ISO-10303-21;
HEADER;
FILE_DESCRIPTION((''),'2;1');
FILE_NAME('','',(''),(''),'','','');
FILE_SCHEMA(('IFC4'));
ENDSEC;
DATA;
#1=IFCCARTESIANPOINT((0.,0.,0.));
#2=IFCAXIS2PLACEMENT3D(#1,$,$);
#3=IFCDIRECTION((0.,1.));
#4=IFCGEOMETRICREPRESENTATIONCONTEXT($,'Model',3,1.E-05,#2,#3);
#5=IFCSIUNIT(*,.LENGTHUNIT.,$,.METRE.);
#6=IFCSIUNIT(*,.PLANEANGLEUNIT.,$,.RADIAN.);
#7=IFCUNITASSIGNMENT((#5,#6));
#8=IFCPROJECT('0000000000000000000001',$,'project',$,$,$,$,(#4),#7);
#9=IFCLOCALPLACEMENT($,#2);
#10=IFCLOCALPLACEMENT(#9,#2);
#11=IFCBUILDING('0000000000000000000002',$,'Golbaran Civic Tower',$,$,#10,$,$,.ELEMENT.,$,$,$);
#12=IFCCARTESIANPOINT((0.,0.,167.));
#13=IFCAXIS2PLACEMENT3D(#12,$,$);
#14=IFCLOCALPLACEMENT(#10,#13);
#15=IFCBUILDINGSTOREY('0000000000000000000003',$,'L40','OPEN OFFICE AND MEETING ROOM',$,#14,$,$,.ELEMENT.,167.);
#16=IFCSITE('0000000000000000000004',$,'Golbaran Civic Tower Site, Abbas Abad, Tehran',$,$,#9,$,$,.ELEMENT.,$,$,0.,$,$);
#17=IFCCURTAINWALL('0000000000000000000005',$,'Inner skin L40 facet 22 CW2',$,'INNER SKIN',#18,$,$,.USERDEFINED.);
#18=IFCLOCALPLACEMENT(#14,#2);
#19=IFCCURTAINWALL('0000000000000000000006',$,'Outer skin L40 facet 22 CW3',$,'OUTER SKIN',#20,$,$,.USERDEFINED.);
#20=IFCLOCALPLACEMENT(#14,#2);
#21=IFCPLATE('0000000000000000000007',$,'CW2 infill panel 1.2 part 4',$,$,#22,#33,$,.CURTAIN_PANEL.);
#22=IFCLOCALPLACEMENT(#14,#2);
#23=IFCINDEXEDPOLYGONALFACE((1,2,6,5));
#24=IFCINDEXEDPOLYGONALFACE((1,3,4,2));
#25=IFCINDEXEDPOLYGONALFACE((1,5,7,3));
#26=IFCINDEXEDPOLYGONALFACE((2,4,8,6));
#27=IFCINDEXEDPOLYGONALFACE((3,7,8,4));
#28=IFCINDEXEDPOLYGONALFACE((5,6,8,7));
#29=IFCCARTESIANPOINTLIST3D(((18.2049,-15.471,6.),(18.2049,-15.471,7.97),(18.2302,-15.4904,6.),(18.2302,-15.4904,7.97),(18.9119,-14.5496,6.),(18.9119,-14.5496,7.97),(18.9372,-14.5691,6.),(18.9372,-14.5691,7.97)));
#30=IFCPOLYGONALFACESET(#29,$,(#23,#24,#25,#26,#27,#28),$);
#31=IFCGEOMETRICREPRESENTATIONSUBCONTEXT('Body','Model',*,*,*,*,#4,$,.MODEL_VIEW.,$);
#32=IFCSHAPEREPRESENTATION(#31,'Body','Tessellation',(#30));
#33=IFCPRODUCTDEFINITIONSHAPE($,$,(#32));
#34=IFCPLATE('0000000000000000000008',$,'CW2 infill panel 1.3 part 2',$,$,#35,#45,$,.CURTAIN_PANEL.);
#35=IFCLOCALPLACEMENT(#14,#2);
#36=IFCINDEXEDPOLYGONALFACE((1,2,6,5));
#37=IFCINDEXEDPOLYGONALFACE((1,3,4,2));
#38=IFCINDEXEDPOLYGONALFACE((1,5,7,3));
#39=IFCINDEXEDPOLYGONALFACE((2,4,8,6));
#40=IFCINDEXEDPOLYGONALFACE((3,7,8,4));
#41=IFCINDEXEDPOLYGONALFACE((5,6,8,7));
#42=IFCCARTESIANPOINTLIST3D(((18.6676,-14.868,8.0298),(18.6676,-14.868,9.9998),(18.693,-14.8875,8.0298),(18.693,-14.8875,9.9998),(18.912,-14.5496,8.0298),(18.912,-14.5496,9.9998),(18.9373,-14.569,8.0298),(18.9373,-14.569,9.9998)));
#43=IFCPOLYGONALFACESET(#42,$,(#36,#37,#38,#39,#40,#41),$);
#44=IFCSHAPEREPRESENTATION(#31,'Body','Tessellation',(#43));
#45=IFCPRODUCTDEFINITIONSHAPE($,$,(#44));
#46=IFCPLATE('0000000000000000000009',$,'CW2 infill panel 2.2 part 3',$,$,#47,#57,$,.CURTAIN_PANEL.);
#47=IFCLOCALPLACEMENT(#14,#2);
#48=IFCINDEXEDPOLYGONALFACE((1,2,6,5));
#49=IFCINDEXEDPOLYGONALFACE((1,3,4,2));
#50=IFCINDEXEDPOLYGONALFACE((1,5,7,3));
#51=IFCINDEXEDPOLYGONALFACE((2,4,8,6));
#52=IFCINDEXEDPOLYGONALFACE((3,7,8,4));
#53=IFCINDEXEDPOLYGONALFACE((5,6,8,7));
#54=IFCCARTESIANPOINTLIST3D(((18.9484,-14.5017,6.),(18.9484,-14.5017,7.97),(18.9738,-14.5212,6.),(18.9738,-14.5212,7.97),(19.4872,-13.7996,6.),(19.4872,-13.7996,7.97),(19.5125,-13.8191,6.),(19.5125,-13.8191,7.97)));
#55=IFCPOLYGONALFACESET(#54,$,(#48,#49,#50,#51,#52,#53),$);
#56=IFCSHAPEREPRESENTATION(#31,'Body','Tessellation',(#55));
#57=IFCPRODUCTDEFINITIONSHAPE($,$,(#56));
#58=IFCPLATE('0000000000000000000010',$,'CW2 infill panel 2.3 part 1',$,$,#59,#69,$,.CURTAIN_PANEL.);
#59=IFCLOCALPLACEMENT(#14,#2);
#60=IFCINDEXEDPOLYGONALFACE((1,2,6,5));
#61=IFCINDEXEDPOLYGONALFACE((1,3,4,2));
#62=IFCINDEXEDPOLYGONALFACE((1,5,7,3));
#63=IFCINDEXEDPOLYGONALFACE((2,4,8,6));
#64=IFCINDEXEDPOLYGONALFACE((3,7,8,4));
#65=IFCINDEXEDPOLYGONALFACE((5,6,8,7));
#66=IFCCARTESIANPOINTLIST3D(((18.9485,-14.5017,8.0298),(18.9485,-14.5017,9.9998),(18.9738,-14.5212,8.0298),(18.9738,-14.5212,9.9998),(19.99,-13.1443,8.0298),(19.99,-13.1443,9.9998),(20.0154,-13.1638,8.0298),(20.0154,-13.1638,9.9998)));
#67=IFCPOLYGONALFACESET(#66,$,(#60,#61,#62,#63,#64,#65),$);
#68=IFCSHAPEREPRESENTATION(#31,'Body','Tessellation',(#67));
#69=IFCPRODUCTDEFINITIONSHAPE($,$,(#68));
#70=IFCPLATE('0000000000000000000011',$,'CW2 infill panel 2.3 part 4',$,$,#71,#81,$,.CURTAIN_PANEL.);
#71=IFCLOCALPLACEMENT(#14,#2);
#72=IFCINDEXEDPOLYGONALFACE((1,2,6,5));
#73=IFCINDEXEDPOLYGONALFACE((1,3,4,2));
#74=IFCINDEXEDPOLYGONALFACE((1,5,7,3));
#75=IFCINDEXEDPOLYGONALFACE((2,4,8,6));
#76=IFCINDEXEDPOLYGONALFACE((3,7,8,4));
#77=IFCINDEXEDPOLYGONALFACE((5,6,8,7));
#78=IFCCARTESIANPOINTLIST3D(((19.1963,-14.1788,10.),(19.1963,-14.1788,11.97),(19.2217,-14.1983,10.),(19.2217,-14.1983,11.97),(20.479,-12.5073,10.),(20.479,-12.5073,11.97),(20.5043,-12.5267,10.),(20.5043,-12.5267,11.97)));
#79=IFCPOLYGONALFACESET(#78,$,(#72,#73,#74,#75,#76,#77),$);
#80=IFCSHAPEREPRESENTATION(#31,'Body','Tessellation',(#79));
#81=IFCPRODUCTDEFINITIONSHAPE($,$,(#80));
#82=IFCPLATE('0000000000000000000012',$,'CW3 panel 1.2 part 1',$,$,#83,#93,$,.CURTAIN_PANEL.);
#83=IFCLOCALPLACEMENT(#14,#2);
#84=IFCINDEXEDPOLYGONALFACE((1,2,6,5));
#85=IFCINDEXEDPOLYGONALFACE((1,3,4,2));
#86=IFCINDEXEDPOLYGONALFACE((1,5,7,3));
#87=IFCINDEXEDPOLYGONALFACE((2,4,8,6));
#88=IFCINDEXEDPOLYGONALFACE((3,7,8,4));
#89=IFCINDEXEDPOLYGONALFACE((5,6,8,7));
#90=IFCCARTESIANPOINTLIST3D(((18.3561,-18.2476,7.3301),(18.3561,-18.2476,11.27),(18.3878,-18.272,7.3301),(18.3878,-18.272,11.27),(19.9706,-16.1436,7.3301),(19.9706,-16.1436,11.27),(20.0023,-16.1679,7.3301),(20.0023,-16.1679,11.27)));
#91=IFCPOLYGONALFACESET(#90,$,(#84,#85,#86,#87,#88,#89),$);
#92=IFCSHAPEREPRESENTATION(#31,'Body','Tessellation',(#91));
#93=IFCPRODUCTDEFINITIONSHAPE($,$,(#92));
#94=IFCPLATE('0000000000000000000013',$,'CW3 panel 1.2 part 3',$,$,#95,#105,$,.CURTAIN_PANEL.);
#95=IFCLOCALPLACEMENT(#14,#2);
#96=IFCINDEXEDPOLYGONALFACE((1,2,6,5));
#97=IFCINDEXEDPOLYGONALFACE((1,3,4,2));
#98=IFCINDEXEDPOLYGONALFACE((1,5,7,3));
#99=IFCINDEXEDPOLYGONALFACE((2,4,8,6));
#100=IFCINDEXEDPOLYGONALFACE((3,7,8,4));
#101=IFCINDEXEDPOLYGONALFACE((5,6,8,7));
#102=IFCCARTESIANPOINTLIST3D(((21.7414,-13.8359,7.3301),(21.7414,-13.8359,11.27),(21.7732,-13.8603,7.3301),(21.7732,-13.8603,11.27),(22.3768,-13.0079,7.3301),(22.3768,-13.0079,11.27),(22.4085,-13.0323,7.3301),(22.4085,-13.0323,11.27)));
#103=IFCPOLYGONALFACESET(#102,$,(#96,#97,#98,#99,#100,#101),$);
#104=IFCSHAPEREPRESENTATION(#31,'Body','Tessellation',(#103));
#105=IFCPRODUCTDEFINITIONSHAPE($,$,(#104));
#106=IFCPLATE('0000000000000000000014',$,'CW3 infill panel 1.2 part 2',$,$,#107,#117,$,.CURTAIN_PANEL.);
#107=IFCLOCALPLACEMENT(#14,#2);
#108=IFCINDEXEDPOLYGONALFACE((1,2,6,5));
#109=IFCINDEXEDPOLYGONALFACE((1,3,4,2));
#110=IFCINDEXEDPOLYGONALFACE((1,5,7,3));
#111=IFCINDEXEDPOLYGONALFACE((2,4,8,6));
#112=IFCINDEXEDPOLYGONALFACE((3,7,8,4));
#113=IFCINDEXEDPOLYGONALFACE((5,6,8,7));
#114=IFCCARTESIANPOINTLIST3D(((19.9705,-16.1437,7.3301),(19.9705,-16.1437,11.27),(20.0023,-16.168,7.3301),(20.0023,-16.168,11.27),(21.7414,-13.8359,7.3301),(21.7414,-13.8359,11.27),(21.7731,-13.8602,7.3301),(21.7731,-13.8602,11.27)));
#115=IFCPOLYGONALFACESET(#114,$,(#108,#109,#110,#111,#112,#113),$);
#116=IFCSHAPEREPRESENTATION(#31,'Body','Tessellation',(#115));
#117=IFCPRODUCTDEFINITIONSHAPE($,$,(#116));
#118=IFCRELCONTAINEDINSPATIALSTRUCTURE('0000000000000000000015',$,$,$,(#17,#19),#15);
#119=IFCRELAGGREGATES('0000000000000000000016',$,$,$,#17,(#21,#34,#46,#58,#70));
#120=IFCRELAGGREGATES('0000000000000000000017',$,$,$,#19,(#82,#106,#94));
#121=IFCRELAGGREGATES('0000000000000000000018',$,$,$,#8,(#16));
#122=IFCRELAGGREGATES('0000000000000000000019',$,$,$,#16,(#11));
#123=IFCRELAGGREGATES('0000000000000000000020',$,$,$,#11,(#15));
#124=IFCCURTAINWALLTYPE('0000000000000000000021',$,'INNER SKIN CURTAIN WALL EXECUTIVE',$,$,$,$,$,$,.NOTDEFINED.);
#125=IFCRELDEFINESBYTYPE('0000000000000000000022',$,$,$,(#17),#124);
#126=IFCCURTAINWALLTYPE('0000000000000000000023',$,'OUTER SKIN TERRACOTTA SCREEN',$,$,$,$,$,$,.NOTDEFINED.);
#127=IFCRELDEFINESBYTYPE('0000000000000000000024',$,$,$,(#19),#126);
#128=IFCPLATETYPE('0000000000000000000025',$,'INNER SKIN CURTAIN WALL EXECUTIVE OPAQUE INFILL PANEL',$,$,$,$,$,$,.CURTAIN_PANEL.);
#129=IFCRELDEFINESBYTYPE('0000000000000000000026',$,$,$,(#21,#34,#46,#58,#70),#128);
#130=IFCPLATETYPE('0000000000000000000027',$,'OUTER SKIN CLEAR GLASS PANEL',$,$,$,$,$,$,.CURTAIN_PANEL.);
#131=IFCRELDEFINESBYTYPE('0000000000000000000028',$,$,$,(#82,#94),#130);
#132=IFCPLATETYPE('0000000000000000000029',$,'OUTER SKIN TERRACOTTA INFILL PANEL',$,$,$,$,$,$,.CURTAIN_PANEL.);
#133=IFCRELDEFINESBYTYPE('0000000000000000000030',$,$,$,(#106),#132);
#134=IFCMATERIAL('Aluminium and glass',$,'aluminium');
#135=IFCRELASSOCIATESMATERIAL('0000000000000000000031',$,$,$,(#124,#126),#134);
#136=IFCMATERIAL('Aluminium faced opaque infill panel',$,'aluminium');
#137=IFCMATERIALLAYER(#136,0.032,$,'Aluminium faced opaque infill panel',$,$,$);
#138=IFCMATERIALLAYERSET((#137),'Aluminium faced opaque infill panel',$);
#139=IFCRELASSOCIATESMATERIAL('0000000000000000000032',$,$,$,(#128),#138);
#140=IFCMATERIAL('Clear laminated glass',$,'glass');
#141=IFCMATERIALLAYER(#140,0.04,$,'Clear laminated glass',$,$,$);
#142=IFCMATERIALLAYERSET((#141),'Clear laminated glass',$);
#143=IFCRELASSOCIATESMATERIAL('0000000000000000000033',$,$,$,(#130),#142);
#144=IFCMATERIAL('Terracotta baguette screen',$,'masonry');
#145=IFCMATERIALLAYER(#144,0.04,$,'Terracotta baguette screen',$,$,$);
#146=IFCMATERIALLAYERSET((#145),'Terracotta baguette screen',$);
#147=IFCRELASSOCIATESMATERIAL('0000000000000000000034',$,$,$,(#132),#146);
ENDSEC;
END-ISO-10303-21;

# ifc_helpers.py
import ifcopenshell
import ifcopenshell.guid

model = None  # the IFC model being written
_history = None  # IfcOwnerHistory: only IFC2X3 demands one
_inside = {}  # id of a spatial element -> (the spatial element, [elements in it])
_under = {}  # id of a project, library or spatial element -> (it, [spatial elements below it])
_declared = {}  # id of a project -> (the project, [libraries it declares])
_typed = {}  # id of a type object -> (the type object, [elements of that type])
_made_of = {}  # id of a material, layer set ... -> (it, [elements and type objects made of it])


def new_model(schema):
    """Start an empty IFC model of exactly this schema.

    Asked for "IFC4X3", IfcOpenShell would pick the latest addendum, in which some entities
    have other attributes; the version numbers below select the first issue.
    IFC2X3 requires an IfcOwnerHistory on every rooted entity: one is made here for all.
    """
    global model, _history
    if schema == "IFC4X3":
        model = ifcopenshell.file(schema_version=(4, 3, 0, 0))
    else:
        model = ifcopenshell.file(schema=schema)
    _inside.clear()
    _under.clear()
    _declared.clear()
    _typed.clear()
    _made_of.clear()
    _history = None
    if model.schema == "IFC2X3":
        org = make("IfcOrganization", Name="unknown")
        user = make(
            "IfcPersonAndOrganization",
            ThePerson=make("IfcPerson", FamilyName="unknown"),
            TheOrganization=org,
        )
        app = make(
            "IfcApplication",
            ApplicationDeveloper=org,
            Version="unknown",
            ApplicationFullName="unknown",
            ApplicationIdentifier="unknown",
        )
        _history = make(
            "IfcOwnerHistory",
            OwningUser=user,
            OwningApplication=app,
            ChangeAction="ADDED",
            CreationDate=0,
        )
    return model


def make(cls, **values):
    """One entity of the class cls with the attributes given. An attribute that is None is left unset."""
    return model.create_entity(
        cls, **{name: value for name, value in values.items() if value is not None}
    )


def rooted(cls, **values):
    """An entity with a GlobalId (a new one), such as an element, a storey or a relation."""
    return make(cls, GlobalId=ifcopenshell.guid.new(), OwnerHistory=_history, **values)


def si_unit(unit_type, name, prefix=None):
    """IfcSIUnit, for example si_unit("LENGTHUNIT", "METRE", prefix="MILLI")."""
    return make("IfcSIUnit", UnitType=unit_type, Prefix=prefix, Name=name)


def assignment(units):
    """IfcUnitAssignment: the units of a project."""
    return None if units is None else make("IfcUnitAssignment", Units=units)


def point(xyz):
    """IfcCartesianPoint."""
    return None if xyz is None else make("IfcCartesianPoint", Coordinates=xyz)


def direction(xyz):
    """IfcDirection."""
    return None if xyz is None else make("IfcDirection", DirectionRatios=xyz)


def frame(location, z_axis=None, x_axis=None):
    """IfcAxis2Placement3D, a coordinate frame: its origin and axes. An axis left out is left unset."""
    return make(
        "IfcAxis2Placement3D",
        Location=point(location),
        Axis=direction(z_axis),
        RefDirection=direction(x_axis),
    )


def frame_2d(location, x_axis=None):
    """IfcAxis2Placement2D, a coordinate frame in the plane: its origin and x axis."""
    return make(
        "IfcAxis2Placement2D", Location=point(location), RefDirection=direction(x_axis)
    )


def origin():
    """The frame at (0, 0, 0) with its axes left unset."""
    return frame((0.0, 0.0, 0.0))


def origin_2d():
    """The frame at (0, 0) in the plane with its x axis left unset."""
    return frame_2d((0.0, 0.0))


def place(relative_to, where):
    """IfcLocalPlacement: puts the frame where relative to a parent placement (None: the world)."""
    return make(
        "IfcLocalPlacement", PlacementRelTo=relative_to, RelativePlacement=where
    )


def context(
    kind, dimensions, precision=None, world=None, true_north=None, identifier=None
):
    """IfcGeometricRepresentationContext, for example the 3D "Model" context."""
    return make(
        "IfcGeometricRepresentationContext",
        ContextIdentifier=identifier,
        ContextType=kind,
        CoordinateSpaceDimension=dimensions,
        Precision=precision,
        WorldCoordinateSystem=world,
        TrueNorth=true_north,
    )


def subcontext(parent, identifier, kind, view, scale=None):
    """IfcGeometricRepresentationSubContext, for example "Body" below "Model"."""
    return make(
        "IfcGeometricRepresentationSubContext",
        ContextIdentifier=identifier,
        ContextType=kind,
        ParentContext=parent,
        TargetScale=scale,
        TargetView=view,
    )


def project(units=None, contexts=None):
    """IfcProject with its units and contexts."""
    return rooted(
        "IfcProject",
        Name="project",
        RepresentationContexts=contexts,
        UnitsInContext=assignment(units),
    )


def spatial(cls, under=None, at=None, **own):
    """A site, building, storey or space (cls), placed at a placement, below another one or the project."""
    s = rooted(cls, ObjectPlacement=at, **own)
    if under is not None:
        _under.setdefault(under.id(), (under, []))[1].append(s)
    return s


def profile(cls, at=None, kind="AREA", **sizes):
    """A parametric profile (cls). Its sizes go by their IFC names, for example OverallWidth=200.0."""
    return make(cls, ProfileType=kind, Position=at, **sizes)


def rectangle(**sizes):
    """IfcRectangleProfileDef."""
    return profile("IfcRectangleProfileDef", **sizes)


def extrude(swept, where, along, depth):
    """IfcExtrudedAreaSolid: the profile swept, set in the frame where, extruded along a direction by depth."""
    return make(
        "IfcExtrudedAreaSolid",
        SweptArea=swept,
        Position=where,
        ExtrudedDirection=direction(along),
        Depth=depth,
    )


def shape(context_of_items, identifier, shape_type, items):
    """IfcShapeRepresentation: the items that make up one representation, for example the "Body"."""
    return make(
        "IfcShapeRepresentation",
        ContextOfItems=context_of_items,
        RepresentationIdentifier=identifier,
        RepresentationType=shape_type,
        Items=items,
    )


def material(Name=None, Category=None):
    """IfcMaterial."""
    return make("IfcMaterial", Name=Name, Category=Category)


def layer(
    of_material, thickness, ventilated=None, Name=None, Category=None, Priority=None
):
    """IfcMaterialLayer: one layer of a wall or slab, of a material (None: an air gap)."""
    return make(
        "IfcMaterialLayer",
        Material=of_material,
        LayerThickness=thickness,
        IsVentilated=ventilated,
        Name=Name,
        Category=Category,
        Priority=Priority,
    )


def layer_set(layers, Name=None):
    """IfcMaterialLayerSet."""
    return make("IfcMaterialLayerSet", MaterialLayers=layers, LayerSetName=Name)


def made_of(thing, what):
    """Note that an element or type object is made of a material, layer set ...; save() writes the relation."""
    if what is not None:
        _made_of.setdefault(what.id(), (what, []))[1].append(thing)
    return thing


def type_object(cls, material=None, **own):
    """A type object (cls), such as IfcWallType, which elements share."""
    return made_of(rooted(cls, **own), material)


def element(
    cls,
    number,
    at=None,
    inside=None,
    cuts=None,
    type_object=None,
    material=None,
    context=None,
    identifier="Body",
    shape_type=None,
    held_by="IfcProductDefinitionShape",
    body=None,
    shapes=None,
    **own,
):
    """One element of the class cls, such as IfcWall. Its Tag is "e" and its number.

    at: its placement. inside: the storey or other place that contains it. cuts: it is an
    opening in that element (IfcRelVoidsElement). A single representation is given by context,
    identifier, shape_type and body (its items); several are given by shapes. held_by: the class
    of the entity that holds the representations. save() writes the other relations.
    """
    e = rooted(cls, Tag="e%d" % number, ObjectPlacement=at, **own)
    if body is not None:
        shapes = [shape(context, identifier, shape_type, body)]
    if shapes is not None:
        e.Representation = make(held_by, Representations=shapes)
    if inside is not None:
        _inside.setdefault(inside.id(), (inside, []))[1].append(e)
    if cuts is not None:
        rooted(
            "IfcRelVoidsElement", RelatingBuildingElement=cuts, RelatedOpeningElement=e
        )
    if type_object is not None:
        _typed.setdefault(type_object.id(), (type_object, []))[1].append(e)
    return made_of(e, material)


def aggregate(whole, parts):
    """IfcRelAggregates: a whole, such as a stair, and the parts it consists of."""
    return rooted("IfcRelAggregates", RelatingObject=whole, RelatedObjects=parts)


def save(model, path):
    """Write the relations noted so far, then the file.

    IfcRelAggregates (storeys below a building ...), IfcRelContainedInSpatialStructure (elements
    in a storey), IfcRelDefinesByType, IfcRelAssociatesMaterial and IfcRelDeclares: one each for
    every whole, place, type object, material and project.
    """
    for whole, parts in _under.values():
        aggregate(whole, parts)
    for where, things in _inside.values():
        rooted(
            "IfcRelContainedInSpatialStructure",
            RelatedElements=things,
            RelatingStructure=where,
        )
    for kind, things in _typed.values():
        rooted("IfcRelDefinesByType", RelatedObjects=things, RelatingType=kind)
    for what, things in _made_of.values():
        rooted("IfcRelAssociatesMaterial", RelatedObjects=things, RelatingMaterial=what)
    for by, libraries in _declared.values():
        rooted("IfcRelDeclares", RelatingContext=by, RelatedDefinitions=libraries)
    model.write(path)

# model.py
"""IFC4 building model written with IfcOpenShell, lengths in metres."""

from ifc_helpers import new_model, si_unit, direction, frame, origin, origin_2d, place, context, subcontext, project, spatial, rectangle, extrude, material, layer, layer_set, type_object, element, aggregate, save


model = new_model("IFC4")

# Units and contexts
model_context = context("Model", 3, precision=1e-05, world=origin(), true_north=direction((0.0, 1.0)))
body_context = subcontext(model_context, "Body", "Model", "MODEL_VIEW")
ifc_project = project(units=[si_unit("LENGTHUNIT", "METRE"), si_unit("PLANEANGLEUNIT", "RADIAN")], contexts=[model_context])

# Site, building, storey
site_placement = place(None, origin())
site = spatial("IfcSite", under=ifc_project, at=site_placement, Name="Golbaran Civic Tower Site, Abbas Abad, Tehran", CompositionType="ELEMENT", RefElevation=0.0)
building_placement = place(site_placement, origin())
building = spatial("IfcBuilding", under=site, at=building_placement, Name="Golbaran Civic Tower", CompositionType="ELEMENT")
storey_placement = place(building_placement, frame((0.0, 0.0, 167.0)))
storey = spatial("IfcBuildingStorey", under=building, at=storey_placement, Name="L40", Description="OPEN OFFICE AND MEETING ROOM", CompositionType="ELEMENT", Elevation=167.0)

# Curtain wall
ifc_material_1 = material(Name="Aluminium and glass", Category="aluminium")
curtain_wall_type_1 = type_object("IfcCurtainWallType", Name="INNER SKIN CURTAIN WALL EXECUTIVE", PredefinedType="NOTDEFINED", material=ifc_material_1)
curtain_wall_1_placement = place(storey_placement, origin())
curtain_wall_1 = element("IfcCurtainWall", 1, at=curtain_wall_1_placement, inside=storey, type_object=curtain_wall_type_1, Name="Inner skin L40 facet 22 CW2", ObjectType="INNER SKIN", PredefinedType="USERDEFINED")

# Curtain wall
curtain_wall_type_2 = type_object("IfcCurtainWallType", Name="OUTER SKIN TERRACOTTA SCREEN", PredefinedType="NOTDEFINED", material=ifc_material_1)
curtain_wall_2_placement = place(storey_placement, origin())
curtain_wall_2 = element("IfcCurtainWall", 2, at=curtain_wall_2_placement, inside=storey, type_object=curtain_wall_type_2, Name="Outer skin L40 facet 22 CW3", ObjectType="OUTER SKIN", PredefinedType="USERDEFINED")

# Plates
ifc_material_2 = material(Name="Aluminium faced opaque infill panel", Category="aluminium")
ifc_layer_1 = layer(ifc_material_2, 0.032, Name="Aluminium faced opaque infill panel")
ifc_layer_set_1 = layer_set([ifc_layer_1], Name="Aluminium faced opaque infill panel")
plate_type_1 = type_object("IfcPlateType", Name="INNER SKIN CURTAIN WALL EXECUTIVE OPAQUE INFILL PANEL", PredefinedType="CURTAIN_PANEL", material=ifc_layer_set_1)
plate_1_placement = place(storey_placement, frame((18.571, -15.02, 6.0), z_axis=(0.0, 0.0, 1.0), x_axis=(0.608761, 0.793353, 0.0)))
plate_1 = element("IfcPlate", 3, at=plate_1_placement, type_object=plate_type_1, Name="CW2 infill panel 1.2 part 4", PredefinedType="CURTAIN_PANEL", context=body_context, shape_type="SweptSolid", body=[
    extrude(rectangle(XDim=1.1614, YDim=0.032, at=origin_2d()), origin(), (0.0, 0.0, 1.0), 1.97),
])
plate_2_placement = place(storey_placement, frame((18.8025, -14.7185, 8.0298), z_axis=(0.0, 0.0, 1.0), x_axis=(0.608761, 0.793353, 0.0)))
plate_2 = element("IfcPlate", 4, at=plate_2_placement, type_object=plate_type_1, Name="CW2 infill panel 1.3 part 2", PredefinedType="CURTAIN_PANEL", context=body_context, shape_type="SweptSolid", body=[
    extrude(rectangle(XDim=0.4014, YDim=0.032, at=origin_2d()), origin(), (0.0, 0.0, 1.0), 1.97),
])
plate_3_placement = place(storey_placement, frame((19.2305, -14.1604, 6.0), z_axis=(0.0, 0.0, 1.0), x_axis=(0.608761, 0.793353, 0.0)))
plate_3 = element("IfcPlate", 5, at=plate_3_placement, type_object=plate_type_1, Name="CW2 infill panel 2.2 part 3", PredefinedType="CURTAIN_PANEL", context=body_context, shape_type="SweptSolid", body=[
    extrude(rectangle(XDim=0.885, YDim=0.032, at=origin_2d()), origin(), (0.0, 0.0, 1.0), 1.97),
])
plate_4_placement = place(storey_placement, frame((19.4819, -13.8328, 8.0298), z_axis=(0.0, 0.0, 1.0), x_axis=(0.608761, 0.793353, 0.0)))
plate_4 = element("IfcPlate", 6, at=plate_4_placement, type_object=plate_type_1, Name="CW2 infill panel 2.3 part 1", PredefinedType="CURTAIN_PANEL", context=body_context, shape_type="SweptSolid", body=[
    extrude(rectangle(XDim=1.7109, YDim=0.032, at=origin_2d()), origin(), (0.0, 0.0, 1.0), 1.97),
])
plate_5_placement = place(storey_placement, frame((19.8503, -13.3528, 10.0), z_axis=(0.0, 0.0, 1.0), x_axis=(0.608761, 0.793353, 0.0)))
plate_5 = element("IfcPlate", 7, at=plate_5_placement, type_object=plate_type_1, Name="CW2 infill panel 2.3 part 4", PredefinedType="CURTAIN_PANEL", context=body_context, shape_type="SweptSolid", body=[
    extrude(rectangle(XDim=2.1069, YDim=0.032, at=origin_2d()), origin(), (0.0, 0.0, 1.0), 1.97),
])
aggregate(curtain_wall_1, [plate_1, plate_2, plate_3, plate_4, plate_5])
ifc_material_3 = material(Name="Clear laminated glass", Category="glass")
ifc_layer_2 = layer(ifc_material_3, 0.04, Name="Clear laminated glass")
ifc_layer_set_2 = layer_set([ifc_layer_2], Name="Clear laminated glass")
plate_type_2 = type_object("IfcPlateType", Name="OUTER SKIN CLEAR GLASS PANEL", PredefinedType="CURTAIN_PANEL", material=ifc_layer_set_2)
plate_6_placement = place(storey_placement, frame((19.1792, -17.2078, 7.3301), z_axis=(0.0, 0.0, 1.0), x_axis=(0.608761, 0.793353, 0.0)))
plate_6 = element("IfcPlate", 8, at=plate_6_placement, type_object=plate_type_2, Name="CW3 panel 1.2 part 1", PredefinedType="CURTAIN_PANEL", context=body_context, shape_type="SweptSolid", body=[
    extrude(rectangle(XDim=2.6521, YDim=0.04, at=origin_2d()), origin(), (0.0, 0.0, 1.0), 3.9399),
])
plate_7_placement = place(storey_placement, frame((22.075, -13.4341, 7.3301), z_axis=(0.0, 0.0, 1.0), x_axis=(0.608761, 0.793353, 0.0)))
plate_7 = element("IfcPlate", 9, at=plate_7_placement, type_object=plate_type_2, Name="CW3 panel 1.2 part 3", PredefinedType="CURTAIN_PANEL", context=body_context, shape_type="SweptSolid", body=[
    extrude(rectangle(XDim=1.0437, YDim=0.04, at=origin_2d()), origin(), (0.0, 0.0, 1.0), 3.9399),
])
ifc_material_4 = material(Name="Terracotta baguette screen", Category="masonry")
ifc_layer_3 = layer(ifc_material_4, 0.04, Name="Terracotta baguette screen")
ifc_layer_set_3 = layer_set([ifc_layer_3], Name="Terracotta baguette screen")
plate_type_3 = type_object("IfcPlateType", Name="OUTER SKIN TERRACOTTA INFILL PANEL", PredefinedType="CURTAIN_PANEL", material=ifc_layer_set_3)
plate_8_placement = place(storey_placement, frame((20.8718, -15.002, 7.3301), z_axis=(0.0, 0.0, 1.0), x_axis=(0.608761, 0.793353, 0.0)))
plate_8 = element("IfcPlate", 10, at=plate_8_placement, type_object=plate_type_3, Name="CW3 infill panel 1.2 part 2", PredefinedType="CURTAIN_PANEL", context=body_context, shape_type="SweptSolid", body=[
    extrude(rectangle(XDim=2.9089, YDim=0.04, at=origin_2d()), origin(), (0.0, 0.0, 1.0), 3.9399),
])
aggregate(curtain_wall_2, [plate_6, plate_8, plate_7])

save(model, "model.ifc")
